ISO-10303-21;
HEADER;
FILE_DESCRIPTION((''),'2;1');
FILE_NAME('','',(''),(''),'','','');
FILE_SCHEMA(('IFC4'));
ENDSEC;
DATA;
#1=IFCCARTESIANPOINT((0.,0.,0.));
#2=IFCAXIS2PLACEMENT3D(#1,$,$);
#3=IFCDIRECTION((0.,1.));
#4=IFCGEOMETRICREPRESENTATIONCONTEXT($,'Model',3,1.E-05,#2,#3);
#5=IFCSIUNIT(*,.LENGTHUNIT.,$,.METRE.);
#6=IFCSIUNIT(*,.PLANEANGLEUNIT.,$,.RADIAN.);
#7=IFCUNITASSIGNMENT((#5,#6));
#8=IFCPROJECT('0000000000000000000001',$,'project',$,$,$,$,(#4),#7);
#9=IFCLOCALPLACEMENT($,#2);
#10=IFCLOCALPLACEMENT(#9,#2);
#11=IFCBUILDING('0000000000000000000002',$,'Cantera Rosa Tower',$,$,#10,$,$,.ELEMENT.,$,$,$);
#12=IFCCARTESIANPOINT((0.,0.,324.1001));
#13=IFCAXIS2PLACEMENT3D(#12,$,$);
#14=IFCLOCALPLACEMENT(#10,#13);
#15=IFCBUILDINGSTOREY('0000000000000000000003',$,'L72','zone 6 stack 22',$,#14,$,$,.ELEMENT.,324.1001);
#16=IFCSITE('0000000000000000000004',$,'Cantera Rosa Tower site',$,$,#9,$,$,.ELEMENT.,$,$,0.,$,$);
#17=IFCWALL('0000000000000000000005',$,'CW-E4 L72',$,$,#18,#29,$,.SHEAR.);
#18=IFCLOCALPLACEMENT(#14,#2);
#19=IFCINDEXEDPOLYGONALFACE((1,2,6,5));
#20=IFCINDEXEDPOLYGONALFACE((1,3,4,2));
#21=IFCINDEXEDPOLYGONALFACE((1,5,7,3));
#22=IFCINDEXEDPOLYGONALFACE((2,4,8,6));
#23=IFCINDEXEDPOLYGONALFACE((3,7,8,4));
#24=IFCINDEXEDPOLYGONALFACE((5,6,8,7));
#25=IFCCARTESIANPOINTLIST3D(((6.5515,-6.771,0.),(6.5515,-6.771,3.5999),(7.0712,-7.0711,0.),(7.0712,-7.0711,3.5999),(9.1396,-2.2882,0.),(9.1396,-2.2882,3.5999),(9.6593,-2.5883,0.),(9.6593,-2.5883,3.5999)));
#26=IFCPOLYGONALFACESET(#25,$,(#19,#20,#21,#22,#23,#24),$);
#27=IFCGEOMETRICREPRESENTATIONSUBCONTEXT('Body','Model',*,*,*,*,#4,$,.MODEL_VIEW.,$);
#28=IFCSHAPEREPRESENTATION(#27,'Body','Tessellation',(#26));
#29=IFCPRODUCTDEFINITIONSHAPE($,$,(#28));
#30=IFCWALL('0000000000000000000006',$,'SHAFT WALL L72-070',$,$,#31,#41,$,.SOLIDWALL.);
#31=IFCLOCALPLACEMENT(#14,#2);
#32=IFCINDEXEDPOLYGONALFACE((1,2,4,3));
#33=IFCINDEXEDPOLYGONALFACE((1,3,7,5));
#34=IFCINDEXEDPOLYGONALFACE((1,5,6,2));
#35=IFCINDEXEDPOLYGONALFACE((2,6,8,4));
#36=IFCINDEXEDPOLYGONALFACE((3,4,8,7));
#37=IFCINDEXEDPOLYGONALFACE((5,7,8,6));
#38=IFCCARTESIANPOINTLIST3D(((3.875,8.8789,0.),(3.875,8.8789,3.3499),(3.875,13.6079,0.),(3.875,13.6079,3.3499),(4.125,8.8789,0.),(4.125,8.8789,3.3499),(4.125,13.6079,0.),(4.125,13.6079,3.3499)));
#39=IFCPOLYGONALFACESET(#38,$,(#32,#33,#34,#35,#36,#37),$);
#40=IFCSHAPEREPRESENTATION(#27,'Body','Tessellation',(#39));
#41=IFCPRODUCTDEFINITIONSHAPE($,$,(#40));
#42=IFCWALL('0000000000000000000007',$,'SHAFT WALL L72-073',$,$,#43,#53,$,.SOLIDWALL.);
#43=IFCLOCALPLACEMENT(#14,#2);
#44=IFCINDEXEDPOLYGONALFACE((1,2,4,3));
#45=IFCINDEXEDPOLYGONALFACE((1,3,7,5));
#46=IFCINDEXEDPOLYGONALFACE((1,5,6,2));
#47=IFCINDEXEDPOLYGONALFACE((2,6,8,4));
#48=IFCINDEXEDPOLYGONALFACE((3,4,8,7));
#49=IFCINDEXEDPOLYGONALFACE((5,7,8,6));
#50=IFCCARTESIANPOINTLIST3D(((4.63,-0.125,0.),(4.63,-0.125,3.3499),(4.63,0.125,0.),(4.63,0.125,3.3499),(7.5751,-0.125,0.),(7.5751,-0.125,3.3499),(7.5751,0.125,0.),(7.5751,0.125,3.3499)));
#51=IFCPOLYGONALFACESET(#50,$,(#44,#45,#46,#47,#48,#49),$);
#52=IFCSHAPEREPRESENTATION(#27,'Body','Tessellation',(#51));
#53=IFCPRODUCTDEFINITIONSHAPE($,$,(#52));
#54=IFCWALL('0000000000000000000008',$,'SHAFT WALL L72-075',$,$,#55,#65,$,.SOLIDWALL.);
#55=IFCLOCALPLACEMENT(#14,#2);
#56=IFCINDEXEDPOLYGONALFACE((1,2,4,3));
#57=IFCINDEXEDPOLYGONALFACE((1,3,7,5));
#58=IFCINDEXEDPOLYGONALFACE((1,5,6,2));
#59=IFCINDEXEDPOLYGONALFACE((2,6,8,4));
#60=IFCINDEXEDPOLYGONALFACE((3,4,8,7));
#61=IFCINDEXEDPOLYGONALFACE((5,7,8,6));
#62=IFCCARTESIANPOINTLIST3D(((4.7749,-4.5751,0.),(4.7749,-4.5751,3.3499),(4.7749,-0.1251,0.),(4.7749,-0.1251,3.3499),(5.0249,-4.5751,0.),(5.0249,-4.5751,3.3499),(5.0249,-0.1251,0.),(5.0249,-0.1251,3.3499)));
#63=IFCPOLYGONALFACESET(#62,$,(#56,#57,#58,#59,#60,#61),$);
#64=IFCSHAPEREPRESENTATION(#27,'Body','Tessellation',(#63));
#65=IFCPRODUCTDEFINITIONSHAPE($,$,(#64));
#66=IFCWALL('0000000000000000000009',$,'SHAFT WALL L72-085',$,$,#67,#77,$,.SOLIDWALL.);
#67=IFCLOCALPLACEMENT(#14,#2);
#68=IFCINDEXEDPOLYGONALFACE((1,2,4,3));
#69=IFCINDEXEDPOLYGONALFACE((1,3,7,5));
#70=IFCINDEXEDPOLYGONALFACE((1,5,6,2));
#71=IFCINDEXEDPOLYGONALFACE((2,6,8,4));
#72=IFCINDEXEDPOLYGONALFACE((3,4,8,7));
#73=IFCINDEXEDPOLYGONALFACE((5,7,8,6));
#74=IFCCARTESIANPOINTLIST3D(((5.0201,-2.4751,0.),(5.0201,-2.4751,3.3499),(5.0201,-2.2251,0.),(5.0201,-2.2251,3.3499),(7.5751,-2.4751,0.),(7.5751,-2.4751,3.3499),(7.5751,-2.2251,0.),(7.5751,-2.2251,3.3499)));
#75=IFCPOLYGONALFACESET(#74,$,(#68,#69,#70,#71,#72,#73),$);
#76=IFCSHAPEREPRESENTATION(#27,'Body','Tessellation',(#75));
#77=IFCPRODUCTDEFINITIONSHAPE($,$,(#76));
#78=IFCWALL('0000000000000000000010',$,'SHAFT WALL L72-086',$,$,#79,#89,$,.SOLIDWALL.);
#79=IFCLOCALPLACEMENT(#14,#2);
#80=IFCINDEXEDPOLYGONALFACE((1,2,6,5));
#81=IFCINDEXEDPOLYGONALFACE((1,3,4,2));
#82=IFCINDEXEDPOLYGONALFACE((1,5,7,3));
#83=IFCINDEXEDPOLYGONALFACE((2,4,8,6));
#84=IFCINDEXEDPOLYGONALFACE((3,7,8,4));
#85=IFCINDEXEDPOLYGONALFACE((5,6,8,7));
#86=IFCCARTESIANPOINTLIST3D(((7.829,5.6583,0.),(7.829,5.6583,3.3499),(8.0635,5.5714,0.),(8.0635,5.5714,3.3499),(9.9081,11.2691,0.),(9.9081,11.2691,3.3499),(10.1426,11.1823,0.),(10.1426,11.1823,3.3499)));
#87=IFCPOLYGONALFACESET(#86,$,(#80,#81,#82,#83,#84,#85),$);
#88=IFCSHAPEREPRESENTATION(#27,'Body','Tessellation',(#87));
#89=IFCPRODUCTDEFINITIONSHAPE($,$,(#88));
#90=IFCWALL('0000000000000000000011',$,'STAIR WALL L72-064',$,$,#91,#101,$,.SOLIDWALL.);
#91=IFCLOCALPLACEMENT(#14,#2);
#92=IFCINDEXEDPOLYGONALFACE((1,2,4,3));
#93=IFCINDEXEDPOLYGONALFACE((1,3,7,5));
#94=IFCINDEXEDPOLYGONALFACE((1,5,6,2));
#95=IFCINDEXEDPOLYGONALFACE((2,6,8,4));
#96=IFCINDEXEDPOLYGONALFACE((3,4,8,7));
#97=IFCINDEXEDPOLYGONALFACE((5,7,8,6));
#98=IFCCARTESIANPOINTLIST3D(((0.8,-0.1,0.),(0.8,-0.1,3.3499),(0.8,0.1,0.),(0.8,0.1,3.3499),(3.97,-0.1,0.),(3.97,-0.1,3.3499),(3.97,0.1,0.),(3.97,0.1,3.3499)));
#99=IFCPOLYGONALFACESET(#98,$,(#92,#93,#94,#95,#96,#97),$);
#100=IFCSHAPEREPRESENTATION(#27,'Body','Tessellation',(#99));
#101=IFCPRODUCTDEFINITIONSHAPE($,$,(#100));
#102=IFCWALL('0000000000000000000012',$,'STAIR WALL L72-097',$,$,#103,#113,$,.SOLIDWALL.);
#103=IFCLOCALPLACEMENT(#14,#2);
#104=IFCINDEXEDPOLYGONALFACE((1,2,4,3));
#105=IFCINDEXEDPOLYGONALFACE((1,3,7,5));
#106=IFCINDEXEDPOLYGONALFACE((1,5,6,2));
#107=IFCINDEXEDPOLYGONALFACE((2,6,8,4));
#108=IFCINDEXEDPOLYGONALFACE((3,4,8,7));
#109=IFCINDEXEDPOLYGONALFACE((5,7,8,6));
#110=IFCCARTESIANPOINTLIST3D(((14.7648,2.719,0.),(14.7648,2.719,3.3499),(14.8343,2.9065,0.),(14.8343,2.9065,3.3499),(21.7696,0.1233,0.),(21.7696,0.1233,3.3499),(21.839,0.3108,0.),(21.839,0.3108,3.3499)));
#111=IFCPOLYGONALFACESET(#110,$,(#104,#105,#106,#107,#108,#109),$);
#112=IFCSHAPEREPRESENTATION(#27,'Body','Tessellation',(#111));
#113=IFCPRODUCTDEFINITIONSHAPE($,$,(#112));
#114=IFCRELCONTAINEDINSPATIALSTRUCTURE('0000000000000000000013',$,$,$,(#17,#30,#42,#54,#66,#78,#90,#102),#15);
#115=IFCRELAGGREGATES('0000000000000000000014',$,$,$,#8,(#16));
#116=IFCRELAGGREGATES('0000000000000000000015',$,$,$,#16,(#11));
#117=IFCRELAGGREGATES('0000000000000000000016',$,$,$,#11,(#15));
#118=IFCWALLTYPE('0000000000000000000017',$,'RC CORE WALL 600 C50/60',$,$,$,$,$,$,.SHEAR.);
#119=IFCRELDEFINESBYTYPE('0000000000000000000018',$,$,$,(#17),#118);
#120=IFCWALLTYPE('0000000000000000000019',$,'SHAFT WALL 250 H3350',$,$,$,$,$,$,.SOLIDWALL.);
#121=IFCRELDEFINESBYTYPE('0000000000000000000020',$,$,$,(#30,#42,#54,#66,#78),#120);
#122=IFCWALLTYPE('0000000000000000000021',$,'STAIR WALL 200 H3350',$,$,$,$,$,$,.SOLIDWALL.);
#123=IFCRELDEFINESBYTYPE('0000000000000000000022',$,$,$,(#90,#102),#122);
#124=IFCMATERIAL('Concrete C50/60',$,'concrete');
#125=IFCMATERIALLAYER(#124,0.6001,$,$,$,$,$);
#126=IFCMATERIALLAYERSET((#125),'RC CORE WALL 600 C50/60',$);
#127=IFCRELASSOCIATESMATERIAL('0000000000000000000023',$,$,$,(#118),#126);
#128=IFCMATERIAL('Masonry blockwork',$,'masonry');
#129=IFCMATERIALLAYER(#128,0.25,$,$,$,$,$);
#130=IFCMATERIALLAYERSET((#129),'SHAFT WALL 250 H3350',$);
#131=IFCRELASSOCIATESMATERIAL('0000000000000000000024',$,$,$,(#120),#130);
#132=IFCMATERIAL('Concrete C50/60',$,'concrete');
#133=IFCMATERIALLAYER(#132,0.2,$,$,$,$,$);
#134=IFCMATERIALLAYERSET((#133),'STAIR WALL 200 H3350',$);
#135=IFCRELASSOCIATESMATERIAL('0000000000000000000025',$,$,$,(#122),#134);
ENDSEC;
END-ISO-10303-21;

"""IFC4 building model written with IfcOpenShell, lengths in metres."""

from ifc_helpers import new_model, si_unit, direction, frame, frame_2d, origin, place, context, subcontext, project, spatial, rectangle, extrude, material, layer, layer_set, type_object, element, save


model = new_model("IFC4")

# Units and contexts
model_context = context("Model", 3, precision=1e-05, world=origin(), true_north=direction((0.0, 1.0)))
body_context = subcontext(model_context, "Body", "Model", "MODEL_VIEW")
ifc_project = project(units=[si_unit("LENGTHUNIT", "METRE"), si_unit("PLANEANGLEUNIT", "RADIAN")], contexts=[model_context])

# Site, building, storey
site_placement = place(None, origin())
site = spatial("IfcSite", under=ifc_project, at=site_placement, Name="Cantera Rosa Tower site", CompositionType="ELEMENT", RefElevation=0.0)
building_placement = place(site_placement, origin())
building = spatial("IfcBuilding", under=site, at=building_placement, Name="Cantera Rosa Tower", CompositionType="ELEMENT")
storey_placement = place(building_placement, frame((0.0, 0.0, 324.1001)))
storey = spatial("IfcBuildingStorey", under=building, at=storey_placement, Name="L72", Description="zone 6 stack 22", CompositionType="ELEMENT", Elevation=324.1001)

# Walls
ifc_material_1 = material(Name="Concrete C50/60", Category="concrete")
ifc_layer_1 = layer(ifc_material_1, 0.6001)
ifc_layer_set_1 = layer_set([ifc_layer_1], Name="RC CORE WALL 600 C50/60")
wall_type_1 = type_object("IfcWallType", Name="RC CORE WALL 600 C50/60", PredefinedType="SHEAR", material=ifc_layer_set_1)
for number, where, z_axis, x_axis, name in (
    (1, (9.3994, -2.4382, 0.0), (0.0, 0.0, 1.0), (-0.499989, -0.866032, 0.0), "CW-E4 L72"),
):
    element("IfcWall", number, at=place(storey_placement, frame(where, z_axis=z_axis, x_axis=x_axis)), inside=storey, type_object=wall_type_1, Name=name, PredefinedType="SHEAR", context=body_context, shape_type="SweptSolid", body=[
        extrude(rectangle(XDim=5.1763, YDim=0.6001, at=frame_2d((2.5881, 0.0))), origin(), (0.0, 0.0, 1.0), 3.5999),
    ])
ifc_material_2 = material(Name="Masonry blockwork", Category="masonry")
ifc_layer_2 = layer(ifc_material_2, 0.25)
ifc_layer_set_2 = layer_set([ifc_layer_2], Name="SHAFT WALL 250 H3350")
wall_type_2 = type_object("IfcWallType", Name="SHAFT WALL 250 H3350", PredefinedType="SOLIDWALL", material=ifc_layer_set_2)
wall_1_placement = place(storey_placement, frame((4.0, 8.8789, 0.0), z_axis=(0.0, 0.0, 1.0), x_axis=(0.0, 1.0, 0.0)))
element("IfcWall", 2, at=wall_1_placement, inside=storey, type_object=wall_type_2, Name="SHAFT WALL L72-070", PredefinedType="SOLIDWALL", context=body_context, shape_type="SweptSolid", body=[
    extrude(rectangle(XDim=4.729, YDim=0.25, at=frame_2d((2.3645, 0.0))), origin(), (0.0, 0.0, 1.0), 3.3499),
])
wall_2_placement = place(storey_placement, frame((4.6299, 0.0, 0.0), z_axis=(0.0, 0.0, 1.0), x_axis=(1.0, 0.0, 0.0)))
element("IfcWall", 3, at=wall_2_placement, inside=storey, type_object=wall_type_2, Name="SHAFT WALL L72-073", PredefinedType="SOLIDWALL", context=body_context, shape_type="SweptSolid", body=[
    extrude(rectangle(XDim=2.9451, YDim=0.25, at=frame_2d((1.4727, 0.0))), origin(), (0.0, 0.0, 1.0), 3.3499),
])
wall_3_placement = place(storey_placement, frame((4.8999, -0.125, 0.0), z_axis=(0.0, 0.0, 1.0), x_axis=(0.0, -1.0, 0.0)))
element("IfcWall", 4, at=wall_3_placement, inside=storey, type_object=wall_type_2, Name="SHAFT WALL L72-075", PredefinedType="SOLIDWALL", context=body_context, shape_type="SweptSolid", body=[
    extrude(rectangle(XDim=4.45, YDim=0.25, at=frame_2d((2.2251, 0.0))), origin(), (0.0, 0.0, 1.0), 3.3499),
])
wall_4_placement = place(storey_placement, frame((7.575, -2.3501, 0.0), z_axis=(0.0, 0.0, 1.0), x_axis=(-1.0, 0.0, 0.0)))
element("IfcWall", 5, at=wall_4_placement, inside=storey, type_object=wall_type_2, Name="SHAFT WALL L72-085", PredefinedType="SOLIDWALL", context=body_context, shape_type="SweptSolid", body=[
    extrude(rectangle(XDim=2.5549, YDim=0.25, at=frame_2d((1.2773, 0.0))), origin(), (0.0, 0.0, 1.0), 3.3499),
])
wall_5_placement = place(storey_placement, frame((7.9463, 5.615, 0.0), z_axis=(0.0, 0.0, 1.0), x_axis=(0.347463, 0.937694, 0.0)))
element("IfcWall", 6, at=wall_5_placement, inside=storey, type_object=wall_type_2, Name="SHAFT WALL L72-086", PredefinedType="SOLIDWALL", context=body_context, shape_type="SweptSolid", body=[
    extrude(rectangle(XDim=5.9836, YDim=0.25, at=frame_2d((2.9917, 0.0))), origin(), (0.0, 0.0, 1.0), 3.3499),
])
ifc_material_3 = material(Name="Concrete C50/60", Category="concrete")
ifc_layer_3 = layer(ifc_material_3, 0.2)
ifc_layer_set_3 = layer_set([ifc_layer_3], Name="STAIR WALL 200 H3350")
wall_type_3 = type_object("IfcWallType", Name="STAIR WALL 200 H3350", PredefinedType="SOLIDWALL", material=ifc_layer_set_3)
wall_6_placement = place(storey_placement, frame((0.8, 0.0, 0.0), z_axis=(0.0, 0.0, 1.0), x_axis=(1.0, 0.0, 0.0)))
element("IfcWall", 7, at=wall_6_placement, inside=storey, type_object=wall_type_3, Name="STAIR WALL L72-064", PredefinedType="SOLIDWALL", context=body_context, shape_type="SweptSolid", body=[
    extrude(rectangle(XDim=3.1699, YDim=0.2, at=frame_2d((1.585, 0.0))), origin(), (0.0, 0.0, 1.0), 3.3499),
])
wall_7_placement = place(storey_placement, frame((14.7996, 2.8127, 0.0), z_axis=(0.0, 0.0, 1.0), x_axis=(0.937688, -0.347478, 0.0)))
element("IfcWall", 8, at=wall_7_placement, inside=storey, type_object=wall_type_3, Name="STAIR WALL L72-097", PredefinedType="SOLIDWALL", context=body_context, shape_type="SweptSolid", body=[
    extrude(rectangle(XDim=7.4702, YDim=0.2, at=frame_2d((3.7351, 0.0))), origin(), (0.0, 0.0, 1.0), 3.3499),
])

save(model, "model.ifc")
